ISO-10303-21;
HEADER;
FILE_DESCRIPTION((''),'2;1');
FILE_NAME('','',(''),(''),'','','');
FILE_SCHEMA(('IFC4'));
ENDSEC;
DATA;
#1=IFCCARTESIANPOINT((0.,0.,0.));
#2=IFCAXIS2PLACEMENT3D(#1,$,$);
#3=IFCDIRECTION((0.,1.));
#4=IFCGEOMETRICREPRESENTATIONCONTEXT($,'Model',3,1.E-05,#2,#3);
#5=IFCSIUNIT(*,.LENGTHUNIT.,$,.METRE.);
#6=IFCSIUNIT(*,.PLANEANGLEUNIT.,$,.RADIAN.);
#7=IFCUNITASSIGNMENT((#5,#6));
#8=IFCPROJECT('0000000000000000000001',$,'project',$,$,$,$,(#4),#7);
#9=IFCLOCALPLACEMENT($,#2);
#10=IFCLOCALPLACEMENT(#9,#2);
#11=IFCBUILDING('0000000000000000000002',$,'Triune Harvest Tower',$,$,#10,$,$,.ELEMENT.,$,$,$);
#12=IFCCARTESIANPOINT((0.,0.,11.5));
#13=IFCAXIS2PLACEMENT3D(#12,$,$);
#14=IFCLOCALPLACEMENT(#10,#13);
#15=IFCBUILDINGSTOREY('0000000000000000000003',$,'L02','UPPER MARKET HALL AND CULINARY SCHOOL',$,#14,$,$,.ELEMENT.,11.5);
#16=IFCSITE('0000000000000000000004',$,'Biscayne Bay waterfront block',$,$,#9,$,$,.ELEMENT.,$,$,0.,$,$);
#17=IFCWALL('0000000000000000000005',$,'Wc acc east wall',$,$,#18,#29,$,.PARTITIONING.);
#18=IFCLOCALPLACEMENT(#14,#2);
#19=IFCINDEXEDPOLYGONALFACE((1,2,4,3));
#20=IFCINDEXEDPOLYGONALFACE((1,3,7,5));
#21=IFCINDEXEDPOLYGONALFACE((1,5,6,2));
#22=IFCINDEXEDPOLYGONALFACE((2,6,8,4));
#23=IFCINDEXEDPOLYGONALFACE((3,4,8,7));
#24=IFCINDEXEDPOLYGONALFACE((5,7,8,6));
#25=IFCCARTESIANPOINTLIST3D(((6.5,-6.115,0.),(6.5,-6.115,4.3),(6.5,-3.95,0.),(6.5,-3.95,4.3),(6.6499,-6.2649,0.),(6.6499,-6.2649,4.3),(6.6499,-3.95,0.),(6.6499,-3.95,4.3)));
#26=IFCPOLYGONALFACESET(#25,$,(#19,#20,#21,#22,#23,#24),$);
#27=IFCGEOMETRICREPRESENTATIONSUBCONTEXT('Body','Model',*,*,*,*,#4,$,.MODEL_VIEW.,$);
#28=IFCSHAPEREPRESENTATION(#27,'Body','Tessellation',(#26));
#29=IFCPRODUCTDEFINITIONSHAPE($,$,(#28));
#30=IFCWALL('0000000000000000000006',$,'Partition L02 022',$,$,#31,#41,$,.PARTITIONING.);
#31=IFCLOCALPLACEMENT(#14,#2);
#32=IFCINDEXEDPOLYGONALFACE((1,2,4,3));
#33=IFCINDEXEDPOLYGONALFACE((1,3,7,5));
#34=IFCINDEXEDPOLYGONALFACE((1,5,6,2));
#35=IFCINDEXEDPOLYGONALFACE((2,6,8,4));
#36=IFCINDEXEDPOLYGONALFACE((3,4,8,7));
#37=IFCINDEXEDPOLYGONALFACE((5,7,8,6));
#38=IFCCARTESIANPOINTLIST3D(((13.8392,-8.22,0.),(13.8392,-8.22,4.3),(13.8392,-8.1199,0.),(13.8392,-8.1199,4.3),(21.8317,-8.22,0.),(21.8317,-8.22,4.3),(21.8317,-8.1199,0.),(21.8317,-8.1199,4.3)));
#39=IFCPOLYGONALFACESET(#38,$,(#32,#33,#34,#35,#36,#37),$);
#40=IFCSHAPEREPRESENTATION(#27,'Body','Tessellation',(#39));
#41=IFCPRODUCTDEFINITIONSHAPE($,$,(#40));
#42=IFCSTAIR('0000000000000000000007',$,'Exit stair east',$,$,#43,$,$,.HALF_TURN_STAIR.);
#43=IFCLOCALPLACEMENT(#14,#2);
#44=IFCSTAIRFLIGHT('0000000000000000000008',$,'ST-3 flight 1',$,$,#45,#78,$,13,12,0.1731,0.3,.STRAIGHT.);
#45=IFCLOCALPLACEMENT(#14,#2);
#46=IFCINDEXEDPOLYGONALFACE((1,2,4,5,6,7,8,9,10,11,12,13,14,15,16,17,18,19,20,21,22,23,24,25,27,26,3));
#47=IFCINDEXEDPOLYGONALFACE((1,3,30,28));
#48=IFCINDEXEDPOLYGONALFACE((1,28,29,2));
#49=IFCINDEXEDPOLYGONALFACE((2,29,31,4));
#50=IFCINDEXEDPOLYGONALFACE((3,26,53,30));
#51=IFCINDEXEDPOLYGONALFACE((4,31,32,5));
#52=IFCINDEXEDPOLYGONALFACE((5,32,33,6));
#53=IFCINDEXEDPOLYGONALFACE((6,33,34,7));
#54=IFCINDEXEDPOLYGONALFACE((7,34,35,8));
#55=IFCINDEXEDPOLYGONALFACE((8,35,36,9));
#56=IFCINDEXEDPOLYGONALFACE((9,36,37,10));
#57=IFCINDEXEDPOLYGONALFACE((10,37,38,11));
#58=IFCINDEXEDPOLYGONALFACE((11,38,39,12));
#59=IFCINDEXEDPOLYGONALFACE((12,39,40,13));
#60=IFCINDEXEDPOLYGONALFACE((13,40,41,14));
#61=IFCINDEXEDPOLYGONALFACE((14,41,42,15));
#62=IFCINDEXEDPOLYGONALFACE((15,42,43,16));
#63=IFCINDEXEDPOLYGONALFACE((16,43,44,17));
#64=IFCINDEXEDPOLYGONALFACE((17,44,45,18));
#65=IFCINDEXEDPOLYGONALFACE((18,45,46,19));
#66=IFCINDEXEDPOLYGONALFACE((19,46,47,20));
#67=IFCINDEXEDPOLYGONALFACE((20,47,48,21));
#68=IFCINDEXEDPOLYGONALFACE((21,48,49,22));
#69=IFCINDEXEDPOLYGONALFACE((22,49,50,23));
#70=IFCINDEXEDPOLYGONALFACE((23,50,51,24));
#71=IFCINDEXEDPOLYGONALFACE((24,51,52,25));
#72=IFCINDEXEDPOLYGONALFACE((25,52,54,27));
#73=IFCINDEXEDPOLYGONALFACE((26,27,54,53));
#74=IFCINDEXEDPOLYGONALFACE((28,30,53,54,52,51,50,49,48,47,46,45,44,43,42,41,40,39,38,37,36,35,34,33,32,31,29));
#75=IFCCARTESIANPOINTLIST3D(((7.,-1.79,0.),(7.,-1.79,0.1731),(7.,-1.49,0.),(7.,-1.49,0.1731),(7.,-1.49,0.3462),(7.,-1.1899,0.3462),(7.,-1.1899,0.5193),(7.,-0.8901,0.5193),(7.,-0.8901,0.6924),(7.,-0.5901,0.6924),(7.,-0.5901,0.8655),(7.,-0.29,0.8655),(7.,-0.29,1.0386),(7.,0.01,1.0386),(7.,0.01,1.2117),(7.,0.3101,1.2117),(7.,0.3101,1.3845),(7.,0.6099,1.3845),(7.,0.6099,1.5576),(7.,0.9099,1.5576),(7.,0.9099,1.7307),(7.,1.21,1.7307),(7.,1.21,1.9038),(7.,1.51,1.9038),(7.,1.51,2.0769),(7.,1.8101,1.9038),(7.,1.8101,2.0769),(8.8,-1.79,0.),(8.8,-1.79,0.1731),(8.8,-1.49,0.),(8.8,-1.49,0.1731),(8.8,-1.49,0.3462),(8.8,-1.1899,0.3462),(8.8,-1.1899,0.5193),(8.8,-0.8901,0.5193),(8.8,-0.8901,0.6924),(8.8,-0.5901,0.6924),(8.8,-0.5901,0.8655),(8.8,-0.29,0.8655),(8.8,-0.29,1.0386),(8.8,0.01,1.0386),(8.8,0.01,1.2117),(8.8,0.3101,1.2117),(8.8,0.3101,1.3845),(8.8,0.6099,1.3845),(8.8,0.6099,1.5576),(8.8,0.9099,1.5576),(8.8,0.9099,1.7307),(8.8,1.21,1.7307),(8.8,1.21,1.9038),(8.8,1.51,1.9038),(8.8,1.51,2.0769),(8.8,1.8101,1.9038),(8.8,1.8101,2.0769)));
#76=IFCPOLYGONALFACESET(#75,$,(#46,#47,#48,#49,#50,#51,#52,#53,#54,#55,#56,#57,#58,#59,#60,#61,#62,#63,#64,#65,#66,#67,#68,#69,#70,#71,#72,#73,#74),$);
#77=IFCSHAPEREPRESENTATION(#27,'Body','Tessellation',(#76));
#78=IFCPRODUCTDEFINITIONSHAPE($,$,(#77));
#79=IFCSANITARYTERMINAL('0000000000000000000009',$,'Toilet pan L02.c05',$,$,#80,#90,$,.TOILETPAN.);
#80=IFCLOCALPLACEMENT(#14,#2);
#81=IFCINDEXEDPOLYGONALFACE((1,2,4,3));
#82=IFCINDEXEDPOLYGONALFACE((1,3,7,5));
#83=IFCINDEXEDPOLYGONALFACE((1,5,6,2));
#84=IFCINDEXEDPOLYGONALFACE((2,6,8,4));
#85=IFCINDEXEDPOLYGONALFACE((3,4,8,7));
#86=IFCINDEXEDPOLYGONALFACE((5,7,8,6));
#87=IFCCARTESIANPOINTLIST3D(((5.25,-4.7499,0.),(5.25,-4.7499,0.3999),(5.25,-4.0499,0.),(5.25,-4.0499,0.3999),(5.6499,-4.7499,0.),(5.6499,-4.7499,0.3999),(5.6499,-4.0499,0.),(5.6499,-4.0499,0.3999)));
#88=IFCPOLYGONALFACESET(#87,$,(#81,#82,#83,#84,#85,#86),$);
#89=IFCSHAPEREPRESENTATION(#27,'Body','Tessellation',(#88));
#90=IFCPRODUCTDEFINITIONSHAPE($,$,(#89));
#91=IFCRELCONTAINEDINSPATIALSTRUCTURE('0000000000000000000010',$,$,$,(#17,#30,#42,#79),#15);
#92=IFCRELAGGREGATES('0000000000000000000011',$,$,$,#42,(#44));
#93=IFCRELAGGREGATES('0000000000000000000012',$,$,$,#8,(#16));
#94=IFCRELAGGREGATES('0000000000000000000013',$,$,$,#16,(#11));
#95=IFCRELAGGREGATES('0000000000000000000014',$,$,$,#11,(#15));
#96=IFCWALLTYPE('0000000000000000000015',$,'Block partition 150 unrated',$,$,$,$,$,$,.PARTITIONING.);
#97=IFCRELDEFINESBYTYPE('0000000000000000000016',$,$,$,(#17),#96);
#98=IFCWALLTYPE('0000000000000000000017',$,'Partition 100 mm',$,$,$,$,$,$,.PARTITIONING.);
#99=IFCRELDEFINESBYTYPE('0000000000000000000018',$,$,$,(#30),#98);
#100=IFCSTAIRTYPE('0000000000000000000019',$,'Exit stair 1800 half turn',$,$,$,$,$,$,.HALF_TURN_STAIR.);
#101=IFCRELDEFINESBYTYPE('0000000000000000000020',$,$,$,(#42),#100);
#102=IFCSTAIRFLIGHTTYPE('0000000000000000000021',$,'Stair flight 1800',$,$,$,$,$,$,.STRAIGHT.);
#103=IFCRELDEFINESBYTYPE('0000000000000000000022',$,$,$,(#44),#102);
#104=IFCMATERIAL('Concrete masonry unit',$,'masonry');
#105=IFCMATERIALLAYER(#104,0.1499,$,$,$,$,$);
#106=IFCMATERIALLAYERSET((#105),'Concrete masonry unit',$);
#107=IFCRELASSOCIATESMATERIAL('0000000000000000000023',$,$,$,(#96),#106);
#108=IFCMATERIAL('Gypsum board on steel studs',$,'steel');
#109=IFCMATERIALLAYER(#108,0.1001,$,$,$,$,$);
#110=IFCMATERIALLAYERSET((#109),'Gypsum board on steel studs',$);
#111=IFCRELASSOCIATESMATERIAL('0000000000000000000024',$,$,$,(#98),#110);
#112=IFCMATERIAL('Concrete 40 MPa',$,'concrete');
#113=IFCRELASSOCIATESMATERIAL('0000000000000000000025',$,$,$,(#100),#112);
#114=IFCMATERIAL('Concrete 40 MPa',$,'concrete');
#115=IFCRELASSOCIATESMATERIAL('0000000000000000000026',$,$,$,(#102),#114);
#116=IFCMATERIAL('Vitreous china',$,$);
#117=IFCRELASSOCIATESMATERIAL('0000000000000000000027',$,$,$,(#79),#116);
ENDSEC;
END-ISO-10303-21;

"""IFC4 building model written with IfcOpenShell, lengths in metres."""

from ifc_helpers import new_model, si_unit, direction, frame, frame_2d, origin, origin_2d, place, context, subcontext, project, spatial, polyline, rectangle, outline, extrude, source, transform, mapped, material, layer, layer_set, type_object, element, aggregate, save


model = new_model("IFC4")

# Units and contexts
model_context = context("Model", 3, precision=1e-05, world=origin(), true_north=direction((0.0, 1.0)))
body_context = subcontext(model_context, "Body", "Model", "MODEL_VIEW")
ifc_project = project(units=[si_unit("LENGTHUNIT", "METRE"), si_unit("PLANEANGLEUNIT", "RADIAN")], contexts=[model_context])

# Site, building, storey
site_placement = place(None, origin())
site = spatial("IfcSite", under=ifc_project, at=site_placement, Name="Biscayne Bay waterfront block", CompositionType="ELEMENT", RefElevation=0.0)
building_placement = place(site_placement, origin())
building = spatial("IfcBuilding", under=site, at=building_placement, Name="Triune Harvest Tower", CompositionType="ELEMENT")
storey_placement = place(building_placement, frame((0.0, 0.0, 11.5)))
storey = spatial("IfcBuildingStorey", under=building, at=storey_placement, Name="L02", Description="UPPER MARKET HALL AND CULINARY SCHOOL", CompositionType="ELEMENT", Elevation=11.5)

# Walls
ifc_material_1 = material(Name="Concrete masonry unit", Category="masonry")
ifc_layer_1 = layer(ifc_material_1, 0.1499)
ifc_layer_set_1 = layer_set([ifc_layer_1], Name="Concrete masonry unit")
wall_type_1 = type_object("IfcWallType", Name="Block partition 150 unrated", PredefinedType="PARTITIONING", material=ifc_layer_set_1)
shared_shape_1 = source(origin(), body_context, "Body", "SweptSolid", [
    extrude(outline(polyline([(-0.075, -0.075), (2.24, -0.075), (2.24, 0.075), (0.075, 0.075), (-0.075, -0.075)])), origin(), (0.0, 0.0, 1.0), 4.3),
])
wall_1_placement = place(storey_placement, frame((6.575, -6.1899, 0.0), z_axis=(0.0, 0.0, 1.0), x_axis=(0.0, 1.0, 0.0)))
element("IfcWall", 1, at=wall_1_placement, inside=storey, type_object=wall_type_1, Name="Wc acc east wall", PredefinedType="PARTITIONING", context=body_context, shape_type="MappedRepresentation", body=[
    mapped(shared_shape_1, transform((0.0, 0.0, 0.0), scale=1.0)),
])
ifc_material_2 = material(Name="Gypsum board on steel studs", Category="steel")
ifc_layer_2 = layer(ifc_material_2, 0.1001)
ifc_layer_set_2 = layer_set([ifc_layer_2], Name="Gypsum board on steel studs")
wall_type_2 = type_object("IfcWallType", Name="Partition 100 mm", PredefinedType="PARTITIONING", material=ifc_layer_set_2)
shared_shape_2 = source(origin(), body_context, "Body", "SweptSolid", [
    extrude(rectangle(XDim=7.9924, YDim=0.1001, at=frame_2d((3.9961, 0.0))), origin(), (0.0, 0.0, 1.0), 4.3),
])
wall_2_placement = place(storey_placement, frame((13.8394, -8.1699, 0.0), z_axis=(0.0, 0.0, 1.0), x_axis=(1.0, 0.0, 0.0)))
element("IfcWall", 2, at=wall_2_placement, inside=storey, type_object=wall_type_2, Name="Partition L02 022", PredefinedType="PARTITIONING", context=body_context, shape_type="MappedRepresentation", body=[
    mapped(shared_shape_2, transform((0.0, 0.0, 0.0), scale=1.0)),
])

# Stair, stair flight
ifc_material_3 = material(Name="Concrete 40 MPa", Category="concrete")
stair_type = type_object("IfcStairType", Name="Exit stair 1800 half turn", PredefinedType="HALF_TURN_STAIR", material=ifc_material_3)
stair_placement = place(storey_placement, origin())
stair = element("IfcStair", 3, at=stair_placement, inside=storey, type_object=stair_type, Name="Exit stair east", PredefinedType="HALF_TURN_STAIR")
ifc_material_4 = material(Name="Concrete 40 MPa", Category="concrete")
stair_flight_type = type_object("IfcStairFlightType", Name="Stair flight 1800", PredefinedType="STRAIGHT", material=ifc_material_4)
shared_shape_3 = source(origin(), body_context, "Body", "SweptSolid", [
    extrude(outline(polyline([(0.0, 0.0), (0.0, 0.1731), (0.3, 0.1731), (0.3, 0.3462), (0.6001, 0.3462), (0.6001, 0.5193), (0.8999, 0.5193), (0.8999, 0.6924), (1.2, 0.6924), (1.2, 0.8655), (1.5, 0.8655), (1.5, 1.0386), (1.8, 1.0386), (1.8, 1.2117), (2.1001, 1.2117), (2.1001, 1.3845), (2.3999, 1.3845), (2.3999, 1.5576), (2.7, 1.5576), (2.7, 1.7307), (3.0, 1.7307), (3.0, 1.9038), (3.3, 1.9038), (3.3, 2.0769), (3.6001, 2.0769), (3.6001, 2.25), (3.6001, 1.9038), (0.3, 0.0), (0.0, 0.0)])), frame((0.0, 0.8999, 0.0), z_axis=(0.0, -1.0, 0.0), x_axis=(1.0, 0.0, 0.0)), (0.0, 0.0, 1.0), 1.8),
])
stair_flight_placement = place(storey_placement, frame((7.8999, -1.79, 0.0), z_axis=(0.0, 0.0, 1.0), x_axis=(0.0, 1.0, 0.0)))
stair_flight = element("IfcStairFlight", 4, at=stair_flight_placement, type_object=stair_flight_type, Name="ST-3 flight 1", NumberOfRisers=13, NumberOfTreads=12, PredefinedType="STRAIGHT", RiserHeight=0.1731, TreadLength=0.3, context=body_context, shape_type="MappedRepresentation", body=[
    mapped(shared_shape_3, transform((0.0, 0.0, 0.0), scale=1.0)),
])
aggregate(stair, [stair_flight])

# Sanitary terminal
ifc_material_5 = material(Name="Vitreous china")
shared_shape_4 = source(origin(), body_context, "Body", "SweptSolid", [
    extrude(rectangle(XDim=0.3999, YDim=0.7, at=origin_2d()), origin(), (0.0, 0.0, 1.0), 0.3999),
])
sanitary_terminal_placement = place(storey_placement, frame((5.45, -4.3999, 0.0), z_axis=(0.0, 0.0, 1.0), x_axis=(1.0, 0.0, 0.0)))
element("IfcSanitaryTerminal", 5, at=sanitary_terminal_placement, inside=storey, material=ifc_material_5, Name="Toilet pan L02.c05", PredefinedType="TOILETPAN", context=body_context, shape_type="MappedRepresentation", body=[
    mapped(shared_shape_4, transform((0.0, 0.0, 0.0), scale=1.0)),
])

save(model, "model.ifc")
